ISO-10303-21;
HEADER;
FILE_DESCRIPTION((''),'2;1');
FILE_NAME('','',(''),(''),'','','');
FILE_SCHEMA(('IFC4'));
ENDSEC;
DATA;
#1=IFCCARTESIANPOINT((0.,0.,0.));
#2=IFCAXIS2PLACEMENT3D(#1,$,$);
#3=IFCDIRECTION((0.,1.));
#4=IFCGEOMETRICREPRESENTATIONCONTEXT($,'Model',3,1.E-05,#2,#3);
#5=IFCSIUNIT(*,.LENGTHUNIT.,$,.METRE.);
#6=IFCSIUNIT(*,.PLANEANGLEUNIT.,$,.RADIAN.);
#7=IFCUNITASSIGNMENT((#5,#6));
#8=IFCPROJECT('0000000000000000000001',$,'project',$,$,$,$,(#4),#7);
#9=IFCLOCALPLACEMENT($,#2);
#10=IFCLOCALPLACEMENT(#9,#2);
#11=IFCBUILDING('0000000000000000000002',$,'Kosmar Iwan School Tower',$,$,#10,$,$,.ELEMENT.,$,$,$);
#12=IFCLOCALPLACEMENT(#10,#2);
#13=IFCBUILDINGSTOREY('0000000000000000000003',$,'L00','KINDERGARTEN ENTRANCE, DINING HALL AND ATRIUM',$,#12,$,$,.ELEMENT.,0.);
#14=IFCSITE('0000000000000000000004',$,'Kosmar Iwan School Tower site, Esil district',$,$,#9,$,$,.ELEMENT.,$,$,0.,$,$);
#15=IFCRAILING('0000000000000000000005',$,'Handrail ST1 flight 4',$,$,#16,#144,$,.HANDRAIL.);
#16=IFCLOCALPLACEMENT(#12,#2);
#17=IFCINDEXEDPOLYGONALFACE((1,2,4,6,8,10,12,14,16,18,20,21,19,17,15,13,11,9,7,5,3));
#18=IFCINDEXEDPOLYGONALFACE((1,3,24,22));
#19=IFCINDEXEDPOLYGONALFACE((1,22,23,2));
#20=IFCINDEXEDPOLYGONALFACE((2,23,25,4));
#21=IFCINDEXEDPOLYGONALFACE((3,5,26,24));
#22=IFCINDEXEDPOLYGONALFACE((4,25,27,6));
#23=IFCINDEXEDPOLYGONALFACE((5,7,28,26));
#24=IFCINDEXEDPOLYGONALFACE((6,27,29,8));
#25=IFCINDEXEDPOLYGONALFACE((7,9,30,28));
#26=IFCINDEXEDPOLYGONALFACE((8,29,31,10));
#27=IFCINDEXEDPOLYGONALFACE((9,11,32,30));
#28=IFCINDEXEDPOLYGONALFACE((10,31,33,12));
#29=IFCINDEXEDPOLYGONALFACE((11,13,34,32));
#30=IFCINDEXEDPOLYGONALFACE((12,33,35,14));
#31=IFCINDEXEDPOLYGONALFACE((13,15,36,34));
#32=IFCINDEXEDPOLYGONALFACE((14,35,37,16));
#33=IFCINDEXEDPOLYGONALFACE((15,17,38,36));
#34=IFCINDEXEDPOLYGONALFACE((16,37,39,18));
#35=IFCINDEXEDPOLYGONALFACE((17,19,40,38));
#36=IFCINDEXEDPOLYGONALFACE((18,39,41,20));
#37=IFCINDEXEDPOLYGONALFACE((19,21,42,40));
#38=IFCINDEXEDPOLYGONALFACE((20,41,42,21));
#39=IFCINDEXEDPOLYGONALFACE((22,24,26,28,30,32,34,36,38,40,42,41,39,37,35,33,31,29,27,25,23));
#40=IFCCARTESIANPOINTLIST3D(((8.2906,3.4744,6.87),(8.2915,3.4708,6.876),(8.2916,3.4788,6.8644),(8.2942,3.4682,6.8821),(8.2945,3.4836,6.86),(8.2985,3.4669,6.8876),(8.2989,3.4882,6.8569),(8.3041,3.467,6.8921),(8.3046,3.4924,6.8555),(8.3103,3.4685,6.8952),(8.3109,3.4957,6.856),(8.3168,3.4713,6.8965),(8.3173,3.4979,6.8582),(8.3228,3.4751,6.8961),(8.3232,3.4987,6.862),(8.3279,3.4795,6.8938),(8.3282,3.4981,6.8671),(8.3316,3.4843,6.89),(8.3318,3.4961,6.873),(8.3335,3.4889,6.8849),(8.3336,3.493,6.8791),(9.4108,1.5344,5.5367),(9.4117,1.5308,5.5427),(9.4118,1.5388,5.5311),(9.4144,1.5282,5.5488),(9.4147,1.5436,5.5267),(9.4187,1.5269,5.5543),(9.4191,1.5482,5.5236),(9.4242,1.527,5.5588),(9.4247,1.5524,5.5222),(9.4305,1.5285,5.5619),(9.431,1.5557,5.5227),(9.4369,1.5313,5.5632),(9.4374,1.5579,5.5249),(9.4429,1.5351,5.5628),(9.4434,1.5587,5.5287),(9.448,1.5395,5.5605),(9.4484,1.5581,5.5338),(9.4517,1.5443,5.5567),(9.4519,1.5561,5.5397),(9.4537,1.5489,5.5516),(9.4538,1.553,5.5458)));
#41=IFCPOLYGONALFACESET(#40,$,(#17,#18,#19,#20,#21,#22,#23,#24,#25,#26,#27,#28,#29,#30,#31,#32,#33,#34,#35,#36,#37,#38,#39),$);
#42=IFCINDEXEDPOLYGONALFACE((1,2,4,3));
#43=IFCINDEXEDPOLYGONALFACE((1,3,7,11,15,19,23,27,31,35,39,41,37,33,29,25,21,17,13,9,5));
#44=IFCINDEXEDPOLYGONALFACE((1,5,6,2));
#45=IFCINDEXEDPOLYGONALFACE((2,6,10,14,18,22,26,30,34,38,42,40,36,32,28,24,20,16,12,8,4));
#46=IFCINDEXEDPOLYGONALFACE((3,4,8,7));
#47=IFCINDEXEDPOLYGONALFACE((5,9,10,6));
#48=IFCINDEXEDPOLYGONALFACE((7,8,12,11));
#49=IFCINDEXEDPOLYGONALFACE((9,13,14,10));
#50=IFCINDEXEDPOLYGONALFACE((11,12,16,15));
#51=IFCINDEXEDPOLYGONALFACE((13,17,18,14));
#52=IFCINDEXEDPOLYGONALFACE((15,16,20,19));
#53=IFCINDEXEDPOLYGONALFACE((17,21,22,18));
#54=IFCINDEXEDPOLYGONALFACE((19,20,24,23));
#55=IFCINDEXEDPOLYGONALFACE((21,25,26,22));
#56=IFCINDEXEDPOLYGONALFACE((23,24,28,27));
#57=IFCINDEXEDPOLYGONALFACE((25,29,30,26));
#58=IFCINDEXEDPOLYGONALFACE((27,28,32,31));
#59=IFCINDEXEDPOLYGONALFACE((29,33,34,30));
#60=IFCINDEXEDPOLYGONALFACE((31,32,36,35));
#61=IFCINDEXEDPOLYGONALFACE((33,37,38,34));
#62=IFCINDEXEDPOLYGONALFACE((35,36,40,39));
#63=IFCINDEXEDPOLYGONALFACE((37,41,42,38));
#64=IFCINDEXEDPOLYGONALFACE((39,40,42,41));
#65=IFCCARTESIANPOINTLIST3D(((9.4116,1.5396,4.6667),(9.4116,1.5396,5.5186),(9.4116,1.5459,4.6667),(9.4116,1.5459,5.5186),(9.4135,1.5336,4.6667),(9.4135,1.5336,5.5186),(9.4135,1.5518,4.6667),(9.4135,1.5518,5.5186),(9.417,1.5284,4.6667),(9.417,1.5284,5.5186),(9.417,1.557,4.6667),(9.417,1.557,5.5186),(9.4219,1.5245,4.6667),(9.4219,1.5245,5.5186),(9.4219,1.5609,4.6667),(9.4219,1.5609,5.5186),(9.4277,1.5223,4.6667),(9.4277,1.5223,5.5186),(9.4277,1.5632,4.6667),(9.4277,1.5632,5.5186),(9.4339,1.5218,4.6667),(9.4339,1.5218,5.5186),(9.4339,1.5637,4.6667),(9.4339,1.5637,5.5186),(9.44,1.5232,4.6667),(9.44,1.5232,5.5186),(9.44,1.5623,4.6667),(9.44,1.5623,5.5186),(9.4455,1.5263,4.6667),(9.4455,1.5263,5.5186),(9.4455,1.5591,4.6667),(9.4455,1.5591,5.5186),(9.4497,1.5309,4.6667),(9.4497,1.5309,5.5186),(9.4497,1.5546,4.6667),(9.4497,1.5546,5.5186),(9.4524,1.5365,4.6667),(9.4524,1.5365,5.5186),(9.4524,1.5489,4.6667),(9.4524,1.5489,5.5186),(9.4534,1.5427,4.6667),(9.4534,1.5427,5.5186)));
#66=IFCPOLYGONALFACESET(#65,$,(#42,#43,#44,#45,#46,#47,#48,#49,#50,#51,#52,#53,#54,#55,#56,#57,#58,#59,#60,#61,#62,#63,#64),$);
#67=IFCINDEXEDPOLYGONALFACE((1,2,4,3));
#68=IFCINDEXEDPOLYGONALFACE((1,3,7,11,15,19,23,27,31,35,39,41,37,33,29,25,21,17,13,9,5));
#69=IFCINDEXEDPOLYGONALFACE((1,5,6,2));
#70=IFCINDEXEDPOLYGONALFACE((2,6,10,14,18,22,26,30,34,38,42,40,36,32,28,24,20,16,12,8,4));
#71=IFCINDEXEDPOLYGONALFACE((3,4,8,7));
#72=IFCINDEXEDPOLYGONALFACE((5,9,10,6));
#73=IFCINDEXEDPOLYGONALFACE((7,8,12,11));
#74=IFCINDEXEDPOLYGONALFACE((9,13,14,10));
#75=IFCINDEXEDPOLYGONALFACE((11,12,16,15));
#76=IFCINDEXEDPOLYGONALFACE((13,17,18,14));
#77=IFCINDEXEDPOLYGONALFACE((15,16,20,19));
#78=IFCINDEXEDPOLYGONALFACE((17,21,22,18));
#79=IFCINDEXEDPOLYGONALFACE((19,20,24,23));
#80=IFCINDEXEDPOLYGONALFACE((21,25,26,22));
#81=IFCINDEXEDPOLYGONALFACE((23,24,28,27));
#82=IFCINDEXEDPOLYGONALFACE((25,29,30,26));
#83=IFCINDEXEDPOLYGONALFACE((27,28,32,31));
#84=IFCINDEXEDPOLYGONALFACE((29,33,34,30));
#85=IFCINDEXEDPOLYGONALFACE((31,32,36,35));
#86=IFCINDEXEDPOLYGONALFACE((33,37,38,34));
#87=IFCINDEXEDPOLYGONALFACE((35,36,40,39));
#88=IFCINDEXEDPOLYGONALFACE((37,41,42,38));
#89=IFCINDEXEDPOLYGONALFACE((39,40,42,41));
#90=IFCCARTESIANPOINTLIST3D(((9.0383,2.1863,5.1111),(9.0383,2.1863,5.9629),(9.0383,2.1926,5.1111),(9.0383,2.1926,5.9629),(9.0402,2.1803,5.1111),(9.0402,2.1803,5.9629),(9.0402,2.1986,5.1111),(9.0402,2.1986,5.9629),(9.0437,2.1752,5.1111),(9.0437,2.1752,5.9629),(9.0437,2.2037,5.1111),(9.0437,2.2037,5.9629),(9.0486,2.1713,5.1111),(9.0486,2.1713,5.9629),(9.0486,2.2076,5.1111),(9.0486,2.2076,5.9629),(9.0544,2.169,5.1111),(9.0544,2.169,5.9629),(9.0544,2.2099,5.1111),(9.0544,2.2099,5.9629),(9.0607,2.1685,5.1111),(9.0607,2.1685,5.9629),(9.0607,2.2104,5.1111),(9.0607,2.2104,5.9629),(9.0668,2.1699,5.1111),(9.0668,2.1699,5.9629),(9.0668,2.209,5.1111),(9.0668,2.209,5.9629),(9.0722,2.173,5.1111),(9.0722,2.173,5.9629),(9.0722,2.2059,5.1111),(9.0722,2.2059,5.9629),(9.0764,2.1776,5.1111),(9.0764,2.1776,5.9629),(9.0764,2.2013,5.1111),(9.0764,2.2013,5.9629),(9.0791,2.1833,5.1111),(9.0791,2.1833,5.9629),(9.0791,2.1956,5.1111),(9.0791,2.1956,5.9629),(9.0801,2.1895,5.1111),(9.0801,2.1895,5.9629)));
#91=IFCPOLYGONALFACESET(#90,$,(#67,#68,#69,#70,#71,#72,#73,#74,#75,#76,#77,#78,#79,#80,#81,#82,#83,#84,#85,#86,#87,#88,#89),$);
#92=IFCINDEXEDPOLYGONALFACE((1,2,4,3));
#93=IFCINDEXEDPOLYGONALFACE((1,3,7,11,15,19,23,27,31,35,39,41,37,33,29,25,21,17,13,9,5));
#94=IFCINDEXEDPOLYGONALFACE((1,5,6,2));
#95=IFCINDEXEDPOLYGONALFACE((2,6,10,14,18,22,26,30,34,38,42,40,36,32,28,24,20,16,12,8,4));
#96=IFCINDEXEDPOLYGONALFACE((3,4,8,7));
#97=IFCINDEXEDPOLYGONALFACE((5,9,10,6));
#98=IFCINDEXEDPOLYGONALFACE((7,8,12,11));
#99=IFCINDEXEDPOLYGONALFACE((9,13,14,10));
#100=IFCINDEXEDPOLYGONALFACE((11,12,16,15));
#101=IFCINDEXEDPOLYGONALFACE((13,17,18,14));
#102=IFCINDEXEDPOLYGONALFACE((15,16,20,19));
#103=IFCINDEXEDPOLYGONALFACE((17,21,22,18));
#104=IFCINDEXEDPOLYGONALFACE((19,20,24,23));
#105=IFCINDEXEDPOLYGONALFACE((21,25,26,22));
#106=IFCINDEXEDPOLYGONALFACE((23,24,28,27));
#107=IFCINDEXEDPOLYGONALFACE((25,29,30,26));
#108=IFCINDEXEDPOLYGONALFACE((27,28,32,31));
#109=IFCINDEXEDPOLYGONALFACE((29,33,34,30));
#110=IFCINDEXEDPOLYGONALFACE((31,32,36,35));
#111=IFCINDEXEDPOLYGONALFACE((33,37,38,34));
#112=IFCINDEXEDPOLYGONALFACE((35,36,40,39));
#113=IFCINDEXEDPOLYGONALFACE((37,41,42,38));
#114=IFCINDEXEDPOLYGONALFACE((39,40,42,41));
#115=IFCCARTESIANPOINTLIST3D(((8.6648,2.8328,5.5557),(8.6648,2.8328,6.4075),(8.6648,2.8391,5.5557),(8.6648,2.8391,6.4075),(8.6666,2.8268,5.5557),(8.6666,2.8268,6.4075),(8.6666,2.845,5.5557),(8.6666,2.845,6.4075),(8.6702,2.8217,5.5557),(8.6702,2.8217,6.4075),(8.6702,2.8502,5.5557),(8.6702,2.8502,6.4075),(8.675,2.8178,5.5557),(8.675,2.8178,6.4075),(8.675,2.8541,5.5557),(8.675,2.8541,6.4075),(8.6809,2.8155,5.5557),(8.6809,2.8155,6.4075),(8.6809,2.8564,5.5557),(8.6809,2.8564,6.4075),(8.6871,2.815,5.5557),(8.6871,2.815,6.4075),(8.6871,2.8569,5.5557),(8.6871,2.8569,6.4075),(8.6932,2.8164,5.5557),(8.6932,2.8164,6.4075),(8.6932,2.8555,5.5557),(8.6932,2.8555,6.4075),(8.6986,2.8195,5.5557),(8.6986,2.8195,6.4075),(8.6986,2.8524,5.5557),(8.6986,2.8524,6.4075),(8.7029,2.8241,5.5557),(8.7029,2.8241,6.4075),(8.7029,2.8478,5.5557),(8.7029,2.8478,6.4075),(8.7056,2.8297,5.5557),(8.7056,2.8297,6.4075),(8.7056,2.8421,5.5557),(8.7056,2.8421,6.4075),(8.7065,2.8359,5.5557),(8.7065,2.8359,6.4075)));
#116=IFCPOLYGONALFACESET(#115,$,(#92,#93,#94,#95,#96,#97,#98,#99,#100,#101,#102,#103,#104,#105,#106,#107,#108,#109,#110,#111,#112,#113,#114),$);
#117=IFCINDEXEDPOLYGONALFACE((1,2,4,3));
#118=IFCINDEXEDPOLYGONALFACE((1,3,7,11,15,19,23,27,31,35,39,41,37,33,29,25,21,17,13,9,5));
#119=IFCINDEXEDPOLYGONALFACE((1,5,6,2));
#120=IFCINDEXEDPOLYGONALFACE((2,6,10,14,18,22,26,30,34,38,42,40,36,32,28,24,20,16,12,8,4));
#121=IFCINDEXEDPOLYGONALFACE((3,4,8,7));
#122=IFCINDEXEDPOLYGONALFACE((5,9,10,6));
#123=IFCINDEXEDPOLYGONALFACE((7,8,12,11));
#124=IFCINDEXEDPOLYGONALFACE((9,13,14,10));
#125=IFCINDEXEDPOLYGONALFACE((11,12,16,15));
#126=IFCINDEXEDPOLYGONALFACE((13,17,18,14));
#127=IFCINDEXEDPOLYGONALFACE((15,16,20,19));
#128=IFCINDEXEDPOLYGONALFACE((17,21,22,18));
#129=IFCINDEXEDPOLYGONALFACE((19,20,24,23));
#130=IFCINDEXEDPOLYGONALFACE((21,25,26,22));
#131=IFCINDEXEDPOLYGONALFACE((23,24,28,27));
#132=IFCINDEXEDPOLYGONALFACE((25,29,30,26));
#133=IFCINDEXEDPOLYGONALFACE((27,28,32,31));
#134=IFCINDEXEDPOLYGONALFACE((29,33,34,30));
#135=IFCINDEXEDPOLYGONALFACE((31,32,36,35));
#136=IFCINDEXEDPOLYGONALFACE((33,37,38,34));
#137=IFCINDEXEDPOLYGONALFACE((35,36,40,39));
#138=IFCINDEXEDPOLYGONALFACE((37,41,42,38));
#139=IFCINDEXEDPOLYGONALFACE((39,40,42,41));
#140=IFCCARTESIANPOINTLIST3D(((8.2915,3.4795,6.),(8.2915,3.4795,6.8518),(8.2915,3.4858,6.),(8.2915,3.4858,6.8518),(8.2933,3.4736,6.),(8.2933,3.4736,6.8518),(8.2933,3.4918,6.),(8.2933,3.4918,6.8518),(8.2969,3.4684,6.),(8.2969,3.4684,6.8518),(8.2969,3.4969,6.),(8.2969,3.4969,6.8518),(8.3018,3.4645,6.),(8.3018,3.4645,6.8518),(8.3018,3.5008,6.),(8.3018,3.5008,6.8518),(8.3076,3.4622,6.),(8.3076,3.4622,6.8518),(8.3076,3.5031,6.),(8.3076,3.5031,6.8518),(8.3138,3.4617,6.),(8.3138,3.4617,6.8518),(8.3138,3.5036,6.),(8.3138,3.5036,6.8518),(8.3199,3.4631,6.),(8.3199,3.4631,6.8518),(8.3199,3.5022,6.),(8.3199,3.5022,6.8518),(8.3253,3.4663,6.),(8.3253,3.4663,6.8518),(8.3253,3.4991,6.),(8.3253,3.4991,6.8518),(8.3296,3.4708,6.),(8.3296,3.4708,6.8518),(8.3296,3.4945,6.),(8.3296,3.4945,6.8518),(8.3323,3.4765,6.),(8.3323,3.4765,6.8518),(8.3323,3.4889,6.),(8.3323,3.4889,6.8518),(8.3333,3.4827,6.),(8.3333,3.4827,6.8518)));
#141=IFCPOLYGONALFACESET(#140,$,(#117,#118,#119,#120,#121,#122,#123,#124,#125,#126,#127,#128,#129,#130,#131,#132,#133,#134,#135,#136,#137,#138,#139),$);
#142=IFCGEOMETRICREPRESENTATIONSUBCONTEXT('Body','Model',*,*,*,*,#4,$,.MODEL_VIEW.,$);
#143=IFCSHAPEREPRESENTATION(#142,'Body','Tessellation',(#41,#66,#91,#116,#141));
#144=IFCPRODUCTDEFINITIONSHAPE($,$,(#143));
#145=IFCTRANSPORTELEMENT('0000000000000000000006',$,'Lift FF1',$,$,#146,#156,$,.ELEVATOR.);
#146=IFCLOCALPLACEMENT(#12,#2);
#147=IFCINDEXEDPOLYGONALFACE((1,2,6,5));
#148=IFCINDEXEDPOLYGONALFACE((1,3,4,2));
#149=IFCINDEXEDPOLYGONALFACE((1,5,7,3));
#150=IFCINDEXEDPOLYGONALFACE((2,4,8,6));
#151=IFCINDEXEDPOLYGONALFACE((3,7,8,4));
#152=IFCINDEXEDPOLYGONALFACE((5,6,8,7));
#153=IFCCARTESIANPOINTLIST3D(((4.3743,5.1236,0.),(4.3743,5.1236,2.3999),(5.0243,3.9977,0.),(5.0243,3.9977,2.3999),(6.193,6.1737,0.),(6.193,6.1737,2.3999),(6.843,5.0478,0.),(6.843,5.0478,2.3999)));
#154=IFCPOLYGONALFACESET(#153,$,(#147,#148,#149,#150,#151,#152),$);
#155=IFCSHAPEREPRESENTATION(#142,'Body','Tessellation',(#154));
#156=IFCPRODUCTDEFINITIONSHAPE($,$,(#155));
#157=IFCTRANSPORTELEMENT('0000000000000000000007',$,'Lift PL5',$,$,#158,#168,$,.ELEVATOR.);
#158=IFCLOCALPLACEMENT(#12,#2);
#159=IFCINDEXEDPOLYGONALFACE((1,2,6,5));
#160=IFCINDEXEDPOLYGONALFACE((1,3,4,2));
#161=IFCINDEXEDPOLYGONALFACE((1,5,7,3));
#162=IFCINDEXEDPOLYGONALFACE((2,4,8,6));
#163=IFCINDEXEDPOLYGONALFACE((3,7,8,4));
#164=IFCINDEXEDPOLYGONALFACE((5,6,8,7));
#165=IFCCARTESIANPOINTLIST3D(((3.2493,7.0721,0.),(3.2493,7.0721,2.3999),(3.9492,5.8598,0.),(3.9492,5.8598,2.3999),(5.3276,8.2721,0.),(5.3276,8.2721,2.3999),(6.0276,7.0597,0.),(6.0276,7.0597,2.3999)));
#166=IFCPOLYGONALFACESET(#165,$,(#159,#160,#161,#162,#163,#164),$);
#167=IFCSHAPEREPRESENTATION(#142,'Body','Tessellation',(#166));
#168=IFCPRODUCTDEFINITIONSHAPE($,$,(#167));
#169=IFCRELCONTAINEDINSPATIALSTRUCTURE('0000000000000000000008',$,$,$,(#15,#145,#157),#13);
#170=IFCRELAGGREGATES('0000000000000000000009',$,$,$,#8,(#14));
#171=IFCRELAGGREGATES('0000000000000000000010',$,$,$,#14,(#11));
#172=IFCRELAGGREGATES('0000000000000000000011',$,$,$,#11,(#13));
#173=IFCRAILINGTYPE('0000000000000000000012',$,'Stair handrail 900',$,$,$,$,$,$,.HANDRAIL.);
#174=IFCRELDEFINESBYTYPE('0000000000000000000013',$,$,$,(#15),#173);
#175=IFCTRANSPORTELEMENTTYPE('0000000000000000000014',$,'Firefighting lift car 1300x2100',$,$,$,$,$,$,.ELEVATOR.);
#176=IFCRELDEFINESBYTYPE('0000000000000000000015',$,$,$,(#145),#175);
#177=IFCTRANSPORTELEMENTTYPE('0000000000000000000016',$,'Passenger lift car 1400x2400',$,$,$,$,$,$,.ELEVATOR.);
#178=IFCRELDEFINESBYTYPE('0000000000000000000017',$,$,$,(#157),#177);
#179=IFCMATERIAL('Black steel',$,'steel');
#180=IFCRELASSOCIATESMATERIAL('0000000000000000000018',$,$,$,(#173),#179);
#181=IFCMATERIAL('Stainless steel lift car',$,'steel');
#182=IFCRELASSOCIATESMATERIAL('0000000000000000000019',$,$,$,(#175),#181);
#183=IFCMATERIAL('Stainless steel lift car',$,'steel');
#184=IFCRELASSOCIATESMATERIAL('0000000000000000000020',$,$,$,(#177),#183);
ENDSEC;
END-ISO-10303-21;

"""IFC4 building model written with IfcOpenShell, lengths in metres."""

from ifc_helpers import new_model, si_unit, direction, frame, origin, origin_2d, place, context, subcontext, project, spatial, rectangle, circle, extrude, material, type_object, element, save


model = new_model("IFC4")

# Units and contexts
model_context = context("Model", 3, precision=1e-05, world=origin(), true_north=direction((0.0, 1.0)))
body_context = subcontext(model_context, "Body", "Model", "MODEL_VIEW")
ifc_project = project(units=[si_unit("LENGTHUNIT", "METRE"), si_unit("PLANEANGLEUNIT", "RADIAN")], contexts=[model_context])

# Site, building, storey
site_placement = place(None, origin())
site = spatial("IfcSite", under=ifc_project, at=site_placement, Name="Kosmar Iwan School Tower site, Esil district", CompositionType="ELEMENT", RefElevation=0.0)
building_placement = place(site_placement, origin())
building = spatial("IfcBuilding", under=site, at=building_placement, Name="Kosmar Iwan School Tower", CompositionType="ELEMENT")
storey_placement = place(building_placement, origin())
storey = spatial("IfcBuildingStorey", under=building, at=storey_placement, Name="L00", Description="KINDERGARTEN ENTRANCE, DINING HALL AND ATRIUM", CompositionType="ELEMENT", Elevation=0.0)

# Railing
ifc_material_1 = material(Name="Black steel", Category="steel")
railing_type = type_object("IfcRailingType", Name="Stair handrail 900", PredefinedType="HANDRAIL", material=ifc_material_1)
railing_1_placement = place(storey_placement, frame((9.4324, 1.5427, 4.6667)))
element("IfcRailing", 1, at=railing_1_placement, inside=storey, type_object=railing_type, Name="Handrail ST1 flight 4", PredefinedType="HANDRAIL", context=body_context, shape_type="SweptSolid", body=[
    extrude(circle(Radius=0.0239, at=origin_2d()), frame((0.0, 0.0, 0.876), z_axis=(-0.429684, 0.744175, 0.511444), x_axis=(-0.866008, -0.500031, 0.0)), (0.0, 0.0, 1.0), 2.6069),
    extrude(circle(Radius=0.021, at=origin_2d()), origin(), (0.0, 0.0, 1.0), 0.8518),
    extrude(circle(Radius=0.021, at=origin_2d()), frame((-0.3733, 0.6467, 0.4443)), (0.0, 0.0, 1.0), 0.8518),
    extrude(circle(Radius=0.021, at=origin_2d()), frame((-0.7468, 1.2932, 0.8889)), (0.0, 0.0, 1.0), 0.8518),
    extrude(circle(Radius=0.021, at=origin_2d()), frame((-1.1201, 1.9399, 1.3333)), (0.0, 0.0, 1.0), 0.8518),
])

# Transport elements
ifc_material_2 = material(Name="Stainless steel lift car", Category="steel")
transport_element_type_1 = type_object("IfcTransportElementType", Name="Firefighting lift car 1300x2100", PredefinedType="ELEVATOR", material=ifc_material_2)
transport_element_1_placement = place(storey_placement, frame((5.6086, 5.0857, 0.0), z_axis=(0.0, 0.0, 1.0), x_axis=(0.866025, 0.5, 0.0)))
element("IfcTransportElement", 2, at=transport_element_1_placement, inside=storey, type_object=transport_element_type_1, Name="Lift FF1", PredefinedType="ELEVATOR", context=body_context, shape_type="SweptSolid", body=[
    extrude(rectangle(XDim=2.1001, YDim=1.3, at=origin_2d()), origin(), (0.0, 0.0, 1.0), 2.3999),
])
ifc_material_3 = material(Name="Stainless steel lift car", Category="steel")
transport_element_type_2 = type_object("IfcTransportElementType", Name="Passenger lift car 1400x2400", PredefinedType="ELEVATOR", material=ifc_material_3)
transport_element_2_placement = place(storey_placement, frame((4.6384, 7.0659, 0.0), z_axis=(0.0, 0.0, 1.0), x_axis=(0.866025, 0.5, 0.0)))
element("IfcTransportElement", 3, at=transport_element_2_placement, inside=storey, type_object=transport_element_type_2, Name="Lift PL5", PredefinedType="ELEVATOR", context=body_context, shape_type="SweptSolid", body=[
    extrude(rectangle(XDim=2.3999, YDim=1.3999, at=origin_2d()), origin(), (0.0, 0.0, 1.0), 2.3999),
])

save(model, "model.ifc")
